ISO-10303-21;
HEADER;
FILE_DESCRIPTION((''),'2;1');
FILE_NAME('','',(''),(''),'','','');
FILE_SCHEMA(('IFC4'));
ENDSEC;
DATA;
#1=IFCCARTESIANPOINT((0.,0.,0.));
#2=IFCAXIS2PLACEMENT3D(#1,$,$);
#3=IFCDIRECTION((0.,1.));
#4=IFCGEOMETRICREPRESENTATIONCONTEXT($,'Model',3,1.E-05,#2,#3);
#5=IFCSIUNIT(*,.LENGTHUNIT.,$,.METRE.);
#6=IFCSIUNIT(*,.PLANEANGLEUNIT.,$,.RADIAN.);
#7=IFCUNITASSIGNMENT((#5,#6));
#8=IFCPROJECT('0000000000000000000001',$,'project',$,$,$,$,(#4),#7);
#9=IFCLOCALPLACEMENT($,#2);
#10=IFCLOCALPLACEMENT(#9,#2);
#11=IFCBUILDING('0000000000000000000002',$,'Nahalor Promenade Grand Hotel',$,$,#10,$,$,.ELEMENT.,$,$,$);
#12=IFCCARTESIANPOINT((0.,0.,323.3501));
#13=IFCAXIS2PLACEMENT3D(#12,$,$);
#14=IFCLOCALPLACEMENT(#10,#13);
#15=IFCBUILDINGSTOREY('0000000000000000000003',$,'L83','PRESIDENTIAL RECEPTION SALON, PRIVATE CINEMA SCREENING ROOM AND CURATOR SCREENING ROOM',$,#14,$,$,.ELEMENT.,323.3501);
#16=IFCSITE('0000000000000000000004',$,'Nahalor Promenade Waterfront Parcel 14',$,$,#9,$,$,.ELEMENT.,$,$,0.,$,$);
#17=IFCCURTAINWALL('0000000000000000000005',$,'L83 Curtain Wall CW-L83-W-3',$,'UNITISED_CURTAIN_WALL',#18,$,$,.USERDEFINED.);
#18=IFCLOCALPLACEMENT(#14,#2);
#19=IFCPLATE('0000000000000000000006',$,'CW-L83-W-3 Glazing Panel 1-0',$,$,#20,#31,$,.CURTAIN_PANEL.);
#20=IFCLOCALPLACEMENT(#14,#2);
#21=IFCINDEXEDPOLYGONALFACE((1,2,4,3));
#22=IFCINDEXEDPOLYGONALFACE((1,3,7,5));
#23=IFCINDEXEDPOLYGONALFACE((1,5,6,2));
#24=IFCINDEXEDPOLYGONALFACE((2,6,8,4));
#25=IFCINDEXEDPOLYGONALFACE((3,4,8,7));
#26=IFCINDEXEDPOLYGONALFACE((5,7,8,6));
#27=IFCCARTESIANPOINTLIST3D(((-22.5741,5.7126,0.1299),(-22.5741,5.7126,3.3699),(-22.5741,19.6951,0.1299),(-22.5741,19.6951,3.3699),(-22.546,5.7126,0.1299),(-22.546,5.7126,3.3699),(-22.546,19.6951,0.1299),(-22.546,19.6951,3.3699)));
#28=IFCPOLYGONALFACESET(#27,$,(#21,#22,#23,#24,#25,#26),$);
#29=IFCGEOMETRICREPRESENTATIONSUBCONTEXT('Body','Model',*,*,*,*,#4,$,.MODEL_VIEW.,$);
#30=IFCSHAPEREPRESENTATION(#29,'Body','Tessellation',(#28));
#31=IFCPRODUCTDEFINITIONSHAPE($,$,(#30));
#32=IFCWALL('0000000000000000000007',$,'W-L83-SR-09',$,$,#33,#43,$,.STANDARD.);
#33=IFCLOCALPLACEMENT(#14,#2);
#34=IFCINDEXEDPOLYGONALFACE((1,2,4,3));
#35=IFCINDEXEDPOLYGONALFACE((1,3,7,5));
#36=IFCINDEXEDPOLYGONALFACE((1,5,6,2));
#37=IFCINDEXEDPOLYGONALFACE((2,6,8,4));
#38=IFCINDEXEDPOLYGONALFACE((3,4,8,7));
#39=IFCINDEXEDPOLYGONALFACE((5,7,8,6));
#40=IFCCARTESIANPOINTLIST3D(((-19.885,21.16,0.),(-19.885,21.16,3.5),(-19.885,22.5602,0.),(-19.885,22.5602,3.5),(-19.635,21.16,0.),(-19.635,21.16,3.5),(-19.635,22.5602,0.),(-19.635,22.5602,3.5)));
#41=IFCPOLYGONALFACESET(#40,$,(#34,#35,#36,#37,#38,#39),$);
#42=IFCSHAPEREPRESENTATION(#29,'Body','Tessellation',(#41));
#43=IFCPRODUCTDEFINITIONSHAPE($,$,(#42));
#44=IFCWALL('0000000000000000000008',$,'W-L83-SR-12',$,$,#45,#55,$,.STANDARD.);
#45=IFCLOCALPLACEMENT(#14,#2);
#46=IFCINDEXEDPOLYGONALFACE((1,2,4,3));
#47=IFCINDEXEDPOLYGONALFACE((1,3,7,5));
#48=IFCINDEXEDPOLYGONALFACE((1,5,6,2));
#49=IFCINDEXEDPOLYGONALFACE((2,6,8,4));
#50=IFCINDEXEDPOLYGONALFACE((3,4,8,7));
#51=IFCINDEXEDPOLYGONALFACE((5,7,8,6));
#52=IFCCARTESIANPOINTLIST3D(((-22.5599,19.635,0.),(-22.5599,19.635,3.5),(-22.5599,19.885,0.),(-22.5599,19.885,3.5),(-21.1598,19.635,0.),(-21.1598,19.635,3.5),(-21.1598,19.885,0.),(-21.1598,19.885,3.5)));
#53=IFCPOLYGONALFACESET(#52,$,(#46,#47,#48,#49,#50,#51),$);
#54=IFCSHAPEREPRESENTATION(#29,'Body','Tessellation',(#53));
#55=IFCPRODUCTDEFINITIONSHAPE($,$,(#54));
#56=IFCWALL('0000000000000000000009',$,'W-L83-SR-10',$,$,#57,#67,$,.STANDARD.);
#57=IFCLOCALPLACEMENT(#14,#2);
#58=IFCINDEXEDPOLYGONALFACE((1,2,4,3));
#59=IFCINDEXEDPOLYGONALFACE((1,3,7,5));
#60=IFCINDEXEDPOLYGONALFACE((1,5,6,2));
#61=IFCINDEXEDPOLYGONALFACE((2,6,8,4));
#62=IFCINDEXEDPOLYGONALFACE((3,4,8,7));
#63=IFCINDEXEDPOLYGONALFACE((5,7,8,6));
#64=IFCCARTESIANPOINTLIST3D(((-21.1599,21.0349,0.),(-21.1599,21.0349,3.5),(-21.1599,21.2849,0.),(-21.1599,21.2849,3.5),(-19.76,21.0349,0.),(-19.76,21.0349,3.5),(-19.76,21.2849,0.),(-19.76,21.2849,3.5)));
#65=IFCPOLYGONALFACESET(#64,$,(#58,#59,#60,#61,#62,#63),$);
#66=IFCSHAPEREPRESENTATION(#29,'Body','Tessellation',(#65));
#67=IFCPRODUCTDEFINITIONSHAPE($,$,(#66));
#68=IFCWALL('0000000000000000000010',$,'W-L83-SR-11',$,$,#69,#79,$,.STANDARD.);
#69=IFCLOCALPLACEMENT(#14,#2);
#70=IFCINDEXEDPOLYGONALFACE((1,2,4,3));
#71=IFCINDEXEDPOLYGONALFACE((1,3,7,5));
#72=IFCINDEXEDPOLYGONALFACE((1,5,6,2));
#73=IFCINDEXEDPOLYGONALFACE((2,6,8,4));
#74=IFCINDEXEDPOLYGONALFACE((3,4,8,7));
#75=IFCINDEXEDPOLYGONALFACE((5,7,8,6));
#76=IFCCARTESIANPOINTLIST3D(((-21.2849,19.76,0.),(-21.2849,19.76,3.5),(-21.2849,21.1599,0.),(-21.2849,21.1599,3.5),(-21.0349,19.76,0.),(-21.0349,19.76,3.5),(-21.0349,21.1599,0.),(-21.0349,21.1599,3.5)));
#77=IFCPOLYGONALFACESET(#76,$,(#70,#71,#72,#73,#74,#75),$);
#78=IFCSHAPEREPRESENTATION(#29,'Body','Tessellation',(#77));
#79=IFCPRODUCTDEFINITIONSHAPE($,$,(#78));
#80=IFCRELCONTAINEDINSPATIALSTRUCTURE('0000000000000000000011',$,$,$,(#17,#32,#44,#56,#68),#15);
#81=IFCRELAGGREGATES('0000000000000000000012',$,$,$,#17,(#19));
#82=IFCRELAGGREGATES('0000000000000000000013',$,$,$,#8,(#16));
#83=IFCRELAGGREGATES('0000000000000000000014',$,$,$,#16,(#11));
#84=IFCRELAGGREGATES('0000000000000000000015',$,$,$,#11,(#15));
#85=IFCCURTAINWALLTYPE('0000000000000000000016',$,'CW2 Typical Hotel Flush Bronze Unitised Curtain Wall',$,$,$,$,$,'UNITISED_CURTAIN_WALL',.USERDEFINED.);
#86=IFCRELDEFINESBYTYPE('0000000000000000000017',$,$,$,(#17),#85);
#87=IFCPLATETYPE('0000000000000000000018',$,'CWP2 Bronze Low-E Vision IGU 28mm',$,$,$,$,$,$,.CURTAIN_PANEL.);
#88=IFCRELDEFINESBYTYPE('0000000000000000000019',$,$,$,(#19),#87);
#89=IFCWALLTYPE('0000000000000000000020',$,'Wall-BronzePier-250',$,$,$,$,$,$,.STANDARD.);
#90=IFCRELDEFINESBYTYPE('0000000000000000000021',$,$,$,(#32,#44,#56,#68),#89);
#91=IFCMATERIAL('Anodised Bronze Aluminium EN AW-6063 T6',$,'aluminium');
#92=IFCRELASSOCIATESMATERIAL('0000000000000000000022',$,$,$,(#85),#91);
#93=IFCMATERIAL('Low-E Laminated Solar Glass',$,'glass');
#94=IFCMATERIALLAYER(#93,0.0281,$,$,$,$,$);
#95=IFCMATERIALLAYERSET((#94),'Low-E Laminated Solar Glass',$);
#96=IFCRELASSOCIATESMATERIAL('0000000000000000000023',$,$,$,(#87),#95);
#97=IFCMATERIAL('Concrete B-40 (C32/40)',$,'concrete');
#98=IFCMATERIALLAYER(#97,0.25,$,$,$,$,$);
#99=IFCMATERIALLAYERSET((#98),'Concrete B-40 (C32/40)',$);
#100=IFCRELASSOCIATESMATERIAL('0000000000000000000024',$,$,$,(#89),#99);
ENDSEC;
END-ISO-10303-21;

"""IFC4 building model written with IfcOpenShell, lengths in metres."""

from ifc_helpers import new_model, si_unit, direction, frame, frame_2d, origin, origin_2d, place, context, subcontext, project, spatial, rectangle, extrude, source, transform, mapped, material, layer, layer_set, type_object, element, aggregate, save


model = new_model("IFC4")

# Units and contexts
model_context = context("Model", 3, precision=1e-05, world=origin(), true_north=direction((0.0, 1.0)))
body_context = subcontext(model_context, "Body", "Model", "MODEL_VIEW")
ifc_project = project(units=[si_unit("LENGTHUNIT", "METRE"), si_unit("PLANEANGLEUNIT", "RADIAN")], contexts=[model_context])

# Site, building, storey
site_placement = place(None, origin())
site = spatial("IfcSite", under=ifc_project, at=site_placement, Name="Nahalor Promenade Waterfront Parcel 14", CompositionType="ELEMENT", RefElevation=0.0)
building_placement = place(site_placement, origin())
building = spatial("IfcBuilding", under=site, at=building_placement, Name="Nahalor Promenade Grand Hotel", CompositionType="ELEMENT")
storey_placement = place(building_placement, frame((0.0, 0.0, 323.3501)))
storey = spatial("IfcBuildingStorey", under=building, at=storey_placement, Name="L83", Description="PRESIDENTIAL RECEPTION SALON, PRIVATE CINEMA SCREENING ROOM AND CURATOR SCREENING ROOM", CompositionType="ELEMENT", Elevation=323.3501)

# Shared definitions
ifc_material_1 = material(Name="Anodised Bronze Aluminium EN AW-6063 T6", Category="aluminium")
curtain_wall_type = type_object("IfcCurtainWallType", Name="CW2 Typical Hotel Flush Bronze Unitised Curtain Wall", ElementType="UNITISED_CURTAIN_WALL", PredefinedType="USERDEFINED", material=ifc_material_1)

# Curtain wall, plate
curtain_wall_1_placement = place(storey_placement, origin())
curtain_wall_1 = element("IfcCurtainWall", 1, at=curtain_wall_1_placement, inside=storey, type_object=curtain_wall_type, Name="L83 Curtain Wall CW-L83-W-3", ObjectType="UNITISED_CURTAIN_WALL", PredefinedType="USERDEFINED")
ifc_material_2 = material(Name="Low-E Laminated Solar Glass", Category="glass")
ifc_layer_1 = layer(ifc_material_2, 0.0281)
ifc_layer_set_1 = layer_set([ifc_layer_1], Name="Low-E Laminated Solar Glass")
plate_type = type_object("IfcPlateType", Name="CWP2 Bronze Low-E Vision IGU 28mm", PredefinedType="CURTAIN_PANEL", material=ifc_layer_set_1)
shared_shape_1 = source(origin(), body_context, "Body", "SweptSolid", [
    extrude(rectangle(XDim=13.9824, YDim=0.0281, at=origin_2d()), origin(), (0.0, 0.0, 1.0), 3.24),
])
plate_placement = place(storey_placement, frame((-22.5601, 12.7039, 0.1299), z_axis=(0.0, 0.0, 1.0), x_axis=(0.0, 1.0, 0.0)))
plate = element("IfcPlate", 2, at=plate_placement, type_object=plate_type, Name="CW-L83-W-3 Glazing Panel 1-0", PredefinedType="CURTAIN_PANEL", context=body_context, shape_type="MappedRepresentation", body=[
    mapped(shared_shape_1, transform((0.0, 0.0, 0.0), scale=1.0)),
])
aggregate(curtain_wall_1, [plate])

# Walls
ifc_material_3 = material(Name="Concrete B-40 (C32/40)", Category="concrete")
ifc_layer_2 = layer(ifc_material_3, 0.25)
ifc_layer_set_2 = layer_set([ifc_layer_2], Name="Concrete B-40 (C32/40)")
wall_type = type_object("IfcWallType", Name="Wall-BronzePier-250", PredefinedType="STANDARD", material=ifc_layer_set_2)
shared_shape_2 = source(origin(), body_context, "Body", "SweptSolid", [
    extrude(rectangle(XDim=1.4001, YDim=0.25, at=frame_2d((0.7002, 0.0))), origin(), (0.0, 0.0, 1.0), 3.5),
])
for number, where, z_axis, x_axis, name in (
    (3, (-19.76, 21.1599, 0.0), (0.0, 0.0, 1.0), (0.0, 1.0, 0.0), "W-L83-SR-09"),
    (4, (-22.5601, 19.76, 0.0), (0.0, 0.0, 1.0), (1.0, 0.0, 0.0), "W-L83-SR-12"),
):
    element("IfcWall", number, at=place(storey_placement, frame(where, z_axis=z_axis, x_axis=x_axis)), inside=storey, type_object=wall_type, Name=name, PredefinedType="STANDARD", context=body_context, shape_type="MappedRepresentation", body=[
        mapped(shared_shape_2, transform((0.0, 0.0, 0.0), scale=1.0)),
    ])
shared_shape_3 = source(origin(), body_context, "Body", "SweptSolid", [
    extrude(rectangle(XDim=1.3999, YDim=0.25, at=frame_2d((0.7, 0.0))), origin(), (0.0, 0.0, 1.0), 3.5),
])
for number, where, z_axis, x_axis, name in (
    (5, (-21.1599, 21.1599, 0.0), (0.0, 0.0, 1.0), (1.0, 0.0, 0.0), "W-L83-SR-10"),
    (6, (-21.1599, 19.76, 0.0), (0.0, 0.0, 1.0), (0.0, 1.0, 0.0), "W-L83-SR-11"),
):
    element("IfcWall", number, at=place(storey_placement, frame(where, z_axis=z_axis, x_axis=x_axis)), inside=storey, type_object=wall_type, Name=name, PredefinedType="STANDARD", context=body_context, shape_type="MappedRepresentation", body=[
        mapped(shared_shape_3, transform((0.0, 0.0, 0.0), scale=1.0)),
    ])

save(model, "model.ifc")
